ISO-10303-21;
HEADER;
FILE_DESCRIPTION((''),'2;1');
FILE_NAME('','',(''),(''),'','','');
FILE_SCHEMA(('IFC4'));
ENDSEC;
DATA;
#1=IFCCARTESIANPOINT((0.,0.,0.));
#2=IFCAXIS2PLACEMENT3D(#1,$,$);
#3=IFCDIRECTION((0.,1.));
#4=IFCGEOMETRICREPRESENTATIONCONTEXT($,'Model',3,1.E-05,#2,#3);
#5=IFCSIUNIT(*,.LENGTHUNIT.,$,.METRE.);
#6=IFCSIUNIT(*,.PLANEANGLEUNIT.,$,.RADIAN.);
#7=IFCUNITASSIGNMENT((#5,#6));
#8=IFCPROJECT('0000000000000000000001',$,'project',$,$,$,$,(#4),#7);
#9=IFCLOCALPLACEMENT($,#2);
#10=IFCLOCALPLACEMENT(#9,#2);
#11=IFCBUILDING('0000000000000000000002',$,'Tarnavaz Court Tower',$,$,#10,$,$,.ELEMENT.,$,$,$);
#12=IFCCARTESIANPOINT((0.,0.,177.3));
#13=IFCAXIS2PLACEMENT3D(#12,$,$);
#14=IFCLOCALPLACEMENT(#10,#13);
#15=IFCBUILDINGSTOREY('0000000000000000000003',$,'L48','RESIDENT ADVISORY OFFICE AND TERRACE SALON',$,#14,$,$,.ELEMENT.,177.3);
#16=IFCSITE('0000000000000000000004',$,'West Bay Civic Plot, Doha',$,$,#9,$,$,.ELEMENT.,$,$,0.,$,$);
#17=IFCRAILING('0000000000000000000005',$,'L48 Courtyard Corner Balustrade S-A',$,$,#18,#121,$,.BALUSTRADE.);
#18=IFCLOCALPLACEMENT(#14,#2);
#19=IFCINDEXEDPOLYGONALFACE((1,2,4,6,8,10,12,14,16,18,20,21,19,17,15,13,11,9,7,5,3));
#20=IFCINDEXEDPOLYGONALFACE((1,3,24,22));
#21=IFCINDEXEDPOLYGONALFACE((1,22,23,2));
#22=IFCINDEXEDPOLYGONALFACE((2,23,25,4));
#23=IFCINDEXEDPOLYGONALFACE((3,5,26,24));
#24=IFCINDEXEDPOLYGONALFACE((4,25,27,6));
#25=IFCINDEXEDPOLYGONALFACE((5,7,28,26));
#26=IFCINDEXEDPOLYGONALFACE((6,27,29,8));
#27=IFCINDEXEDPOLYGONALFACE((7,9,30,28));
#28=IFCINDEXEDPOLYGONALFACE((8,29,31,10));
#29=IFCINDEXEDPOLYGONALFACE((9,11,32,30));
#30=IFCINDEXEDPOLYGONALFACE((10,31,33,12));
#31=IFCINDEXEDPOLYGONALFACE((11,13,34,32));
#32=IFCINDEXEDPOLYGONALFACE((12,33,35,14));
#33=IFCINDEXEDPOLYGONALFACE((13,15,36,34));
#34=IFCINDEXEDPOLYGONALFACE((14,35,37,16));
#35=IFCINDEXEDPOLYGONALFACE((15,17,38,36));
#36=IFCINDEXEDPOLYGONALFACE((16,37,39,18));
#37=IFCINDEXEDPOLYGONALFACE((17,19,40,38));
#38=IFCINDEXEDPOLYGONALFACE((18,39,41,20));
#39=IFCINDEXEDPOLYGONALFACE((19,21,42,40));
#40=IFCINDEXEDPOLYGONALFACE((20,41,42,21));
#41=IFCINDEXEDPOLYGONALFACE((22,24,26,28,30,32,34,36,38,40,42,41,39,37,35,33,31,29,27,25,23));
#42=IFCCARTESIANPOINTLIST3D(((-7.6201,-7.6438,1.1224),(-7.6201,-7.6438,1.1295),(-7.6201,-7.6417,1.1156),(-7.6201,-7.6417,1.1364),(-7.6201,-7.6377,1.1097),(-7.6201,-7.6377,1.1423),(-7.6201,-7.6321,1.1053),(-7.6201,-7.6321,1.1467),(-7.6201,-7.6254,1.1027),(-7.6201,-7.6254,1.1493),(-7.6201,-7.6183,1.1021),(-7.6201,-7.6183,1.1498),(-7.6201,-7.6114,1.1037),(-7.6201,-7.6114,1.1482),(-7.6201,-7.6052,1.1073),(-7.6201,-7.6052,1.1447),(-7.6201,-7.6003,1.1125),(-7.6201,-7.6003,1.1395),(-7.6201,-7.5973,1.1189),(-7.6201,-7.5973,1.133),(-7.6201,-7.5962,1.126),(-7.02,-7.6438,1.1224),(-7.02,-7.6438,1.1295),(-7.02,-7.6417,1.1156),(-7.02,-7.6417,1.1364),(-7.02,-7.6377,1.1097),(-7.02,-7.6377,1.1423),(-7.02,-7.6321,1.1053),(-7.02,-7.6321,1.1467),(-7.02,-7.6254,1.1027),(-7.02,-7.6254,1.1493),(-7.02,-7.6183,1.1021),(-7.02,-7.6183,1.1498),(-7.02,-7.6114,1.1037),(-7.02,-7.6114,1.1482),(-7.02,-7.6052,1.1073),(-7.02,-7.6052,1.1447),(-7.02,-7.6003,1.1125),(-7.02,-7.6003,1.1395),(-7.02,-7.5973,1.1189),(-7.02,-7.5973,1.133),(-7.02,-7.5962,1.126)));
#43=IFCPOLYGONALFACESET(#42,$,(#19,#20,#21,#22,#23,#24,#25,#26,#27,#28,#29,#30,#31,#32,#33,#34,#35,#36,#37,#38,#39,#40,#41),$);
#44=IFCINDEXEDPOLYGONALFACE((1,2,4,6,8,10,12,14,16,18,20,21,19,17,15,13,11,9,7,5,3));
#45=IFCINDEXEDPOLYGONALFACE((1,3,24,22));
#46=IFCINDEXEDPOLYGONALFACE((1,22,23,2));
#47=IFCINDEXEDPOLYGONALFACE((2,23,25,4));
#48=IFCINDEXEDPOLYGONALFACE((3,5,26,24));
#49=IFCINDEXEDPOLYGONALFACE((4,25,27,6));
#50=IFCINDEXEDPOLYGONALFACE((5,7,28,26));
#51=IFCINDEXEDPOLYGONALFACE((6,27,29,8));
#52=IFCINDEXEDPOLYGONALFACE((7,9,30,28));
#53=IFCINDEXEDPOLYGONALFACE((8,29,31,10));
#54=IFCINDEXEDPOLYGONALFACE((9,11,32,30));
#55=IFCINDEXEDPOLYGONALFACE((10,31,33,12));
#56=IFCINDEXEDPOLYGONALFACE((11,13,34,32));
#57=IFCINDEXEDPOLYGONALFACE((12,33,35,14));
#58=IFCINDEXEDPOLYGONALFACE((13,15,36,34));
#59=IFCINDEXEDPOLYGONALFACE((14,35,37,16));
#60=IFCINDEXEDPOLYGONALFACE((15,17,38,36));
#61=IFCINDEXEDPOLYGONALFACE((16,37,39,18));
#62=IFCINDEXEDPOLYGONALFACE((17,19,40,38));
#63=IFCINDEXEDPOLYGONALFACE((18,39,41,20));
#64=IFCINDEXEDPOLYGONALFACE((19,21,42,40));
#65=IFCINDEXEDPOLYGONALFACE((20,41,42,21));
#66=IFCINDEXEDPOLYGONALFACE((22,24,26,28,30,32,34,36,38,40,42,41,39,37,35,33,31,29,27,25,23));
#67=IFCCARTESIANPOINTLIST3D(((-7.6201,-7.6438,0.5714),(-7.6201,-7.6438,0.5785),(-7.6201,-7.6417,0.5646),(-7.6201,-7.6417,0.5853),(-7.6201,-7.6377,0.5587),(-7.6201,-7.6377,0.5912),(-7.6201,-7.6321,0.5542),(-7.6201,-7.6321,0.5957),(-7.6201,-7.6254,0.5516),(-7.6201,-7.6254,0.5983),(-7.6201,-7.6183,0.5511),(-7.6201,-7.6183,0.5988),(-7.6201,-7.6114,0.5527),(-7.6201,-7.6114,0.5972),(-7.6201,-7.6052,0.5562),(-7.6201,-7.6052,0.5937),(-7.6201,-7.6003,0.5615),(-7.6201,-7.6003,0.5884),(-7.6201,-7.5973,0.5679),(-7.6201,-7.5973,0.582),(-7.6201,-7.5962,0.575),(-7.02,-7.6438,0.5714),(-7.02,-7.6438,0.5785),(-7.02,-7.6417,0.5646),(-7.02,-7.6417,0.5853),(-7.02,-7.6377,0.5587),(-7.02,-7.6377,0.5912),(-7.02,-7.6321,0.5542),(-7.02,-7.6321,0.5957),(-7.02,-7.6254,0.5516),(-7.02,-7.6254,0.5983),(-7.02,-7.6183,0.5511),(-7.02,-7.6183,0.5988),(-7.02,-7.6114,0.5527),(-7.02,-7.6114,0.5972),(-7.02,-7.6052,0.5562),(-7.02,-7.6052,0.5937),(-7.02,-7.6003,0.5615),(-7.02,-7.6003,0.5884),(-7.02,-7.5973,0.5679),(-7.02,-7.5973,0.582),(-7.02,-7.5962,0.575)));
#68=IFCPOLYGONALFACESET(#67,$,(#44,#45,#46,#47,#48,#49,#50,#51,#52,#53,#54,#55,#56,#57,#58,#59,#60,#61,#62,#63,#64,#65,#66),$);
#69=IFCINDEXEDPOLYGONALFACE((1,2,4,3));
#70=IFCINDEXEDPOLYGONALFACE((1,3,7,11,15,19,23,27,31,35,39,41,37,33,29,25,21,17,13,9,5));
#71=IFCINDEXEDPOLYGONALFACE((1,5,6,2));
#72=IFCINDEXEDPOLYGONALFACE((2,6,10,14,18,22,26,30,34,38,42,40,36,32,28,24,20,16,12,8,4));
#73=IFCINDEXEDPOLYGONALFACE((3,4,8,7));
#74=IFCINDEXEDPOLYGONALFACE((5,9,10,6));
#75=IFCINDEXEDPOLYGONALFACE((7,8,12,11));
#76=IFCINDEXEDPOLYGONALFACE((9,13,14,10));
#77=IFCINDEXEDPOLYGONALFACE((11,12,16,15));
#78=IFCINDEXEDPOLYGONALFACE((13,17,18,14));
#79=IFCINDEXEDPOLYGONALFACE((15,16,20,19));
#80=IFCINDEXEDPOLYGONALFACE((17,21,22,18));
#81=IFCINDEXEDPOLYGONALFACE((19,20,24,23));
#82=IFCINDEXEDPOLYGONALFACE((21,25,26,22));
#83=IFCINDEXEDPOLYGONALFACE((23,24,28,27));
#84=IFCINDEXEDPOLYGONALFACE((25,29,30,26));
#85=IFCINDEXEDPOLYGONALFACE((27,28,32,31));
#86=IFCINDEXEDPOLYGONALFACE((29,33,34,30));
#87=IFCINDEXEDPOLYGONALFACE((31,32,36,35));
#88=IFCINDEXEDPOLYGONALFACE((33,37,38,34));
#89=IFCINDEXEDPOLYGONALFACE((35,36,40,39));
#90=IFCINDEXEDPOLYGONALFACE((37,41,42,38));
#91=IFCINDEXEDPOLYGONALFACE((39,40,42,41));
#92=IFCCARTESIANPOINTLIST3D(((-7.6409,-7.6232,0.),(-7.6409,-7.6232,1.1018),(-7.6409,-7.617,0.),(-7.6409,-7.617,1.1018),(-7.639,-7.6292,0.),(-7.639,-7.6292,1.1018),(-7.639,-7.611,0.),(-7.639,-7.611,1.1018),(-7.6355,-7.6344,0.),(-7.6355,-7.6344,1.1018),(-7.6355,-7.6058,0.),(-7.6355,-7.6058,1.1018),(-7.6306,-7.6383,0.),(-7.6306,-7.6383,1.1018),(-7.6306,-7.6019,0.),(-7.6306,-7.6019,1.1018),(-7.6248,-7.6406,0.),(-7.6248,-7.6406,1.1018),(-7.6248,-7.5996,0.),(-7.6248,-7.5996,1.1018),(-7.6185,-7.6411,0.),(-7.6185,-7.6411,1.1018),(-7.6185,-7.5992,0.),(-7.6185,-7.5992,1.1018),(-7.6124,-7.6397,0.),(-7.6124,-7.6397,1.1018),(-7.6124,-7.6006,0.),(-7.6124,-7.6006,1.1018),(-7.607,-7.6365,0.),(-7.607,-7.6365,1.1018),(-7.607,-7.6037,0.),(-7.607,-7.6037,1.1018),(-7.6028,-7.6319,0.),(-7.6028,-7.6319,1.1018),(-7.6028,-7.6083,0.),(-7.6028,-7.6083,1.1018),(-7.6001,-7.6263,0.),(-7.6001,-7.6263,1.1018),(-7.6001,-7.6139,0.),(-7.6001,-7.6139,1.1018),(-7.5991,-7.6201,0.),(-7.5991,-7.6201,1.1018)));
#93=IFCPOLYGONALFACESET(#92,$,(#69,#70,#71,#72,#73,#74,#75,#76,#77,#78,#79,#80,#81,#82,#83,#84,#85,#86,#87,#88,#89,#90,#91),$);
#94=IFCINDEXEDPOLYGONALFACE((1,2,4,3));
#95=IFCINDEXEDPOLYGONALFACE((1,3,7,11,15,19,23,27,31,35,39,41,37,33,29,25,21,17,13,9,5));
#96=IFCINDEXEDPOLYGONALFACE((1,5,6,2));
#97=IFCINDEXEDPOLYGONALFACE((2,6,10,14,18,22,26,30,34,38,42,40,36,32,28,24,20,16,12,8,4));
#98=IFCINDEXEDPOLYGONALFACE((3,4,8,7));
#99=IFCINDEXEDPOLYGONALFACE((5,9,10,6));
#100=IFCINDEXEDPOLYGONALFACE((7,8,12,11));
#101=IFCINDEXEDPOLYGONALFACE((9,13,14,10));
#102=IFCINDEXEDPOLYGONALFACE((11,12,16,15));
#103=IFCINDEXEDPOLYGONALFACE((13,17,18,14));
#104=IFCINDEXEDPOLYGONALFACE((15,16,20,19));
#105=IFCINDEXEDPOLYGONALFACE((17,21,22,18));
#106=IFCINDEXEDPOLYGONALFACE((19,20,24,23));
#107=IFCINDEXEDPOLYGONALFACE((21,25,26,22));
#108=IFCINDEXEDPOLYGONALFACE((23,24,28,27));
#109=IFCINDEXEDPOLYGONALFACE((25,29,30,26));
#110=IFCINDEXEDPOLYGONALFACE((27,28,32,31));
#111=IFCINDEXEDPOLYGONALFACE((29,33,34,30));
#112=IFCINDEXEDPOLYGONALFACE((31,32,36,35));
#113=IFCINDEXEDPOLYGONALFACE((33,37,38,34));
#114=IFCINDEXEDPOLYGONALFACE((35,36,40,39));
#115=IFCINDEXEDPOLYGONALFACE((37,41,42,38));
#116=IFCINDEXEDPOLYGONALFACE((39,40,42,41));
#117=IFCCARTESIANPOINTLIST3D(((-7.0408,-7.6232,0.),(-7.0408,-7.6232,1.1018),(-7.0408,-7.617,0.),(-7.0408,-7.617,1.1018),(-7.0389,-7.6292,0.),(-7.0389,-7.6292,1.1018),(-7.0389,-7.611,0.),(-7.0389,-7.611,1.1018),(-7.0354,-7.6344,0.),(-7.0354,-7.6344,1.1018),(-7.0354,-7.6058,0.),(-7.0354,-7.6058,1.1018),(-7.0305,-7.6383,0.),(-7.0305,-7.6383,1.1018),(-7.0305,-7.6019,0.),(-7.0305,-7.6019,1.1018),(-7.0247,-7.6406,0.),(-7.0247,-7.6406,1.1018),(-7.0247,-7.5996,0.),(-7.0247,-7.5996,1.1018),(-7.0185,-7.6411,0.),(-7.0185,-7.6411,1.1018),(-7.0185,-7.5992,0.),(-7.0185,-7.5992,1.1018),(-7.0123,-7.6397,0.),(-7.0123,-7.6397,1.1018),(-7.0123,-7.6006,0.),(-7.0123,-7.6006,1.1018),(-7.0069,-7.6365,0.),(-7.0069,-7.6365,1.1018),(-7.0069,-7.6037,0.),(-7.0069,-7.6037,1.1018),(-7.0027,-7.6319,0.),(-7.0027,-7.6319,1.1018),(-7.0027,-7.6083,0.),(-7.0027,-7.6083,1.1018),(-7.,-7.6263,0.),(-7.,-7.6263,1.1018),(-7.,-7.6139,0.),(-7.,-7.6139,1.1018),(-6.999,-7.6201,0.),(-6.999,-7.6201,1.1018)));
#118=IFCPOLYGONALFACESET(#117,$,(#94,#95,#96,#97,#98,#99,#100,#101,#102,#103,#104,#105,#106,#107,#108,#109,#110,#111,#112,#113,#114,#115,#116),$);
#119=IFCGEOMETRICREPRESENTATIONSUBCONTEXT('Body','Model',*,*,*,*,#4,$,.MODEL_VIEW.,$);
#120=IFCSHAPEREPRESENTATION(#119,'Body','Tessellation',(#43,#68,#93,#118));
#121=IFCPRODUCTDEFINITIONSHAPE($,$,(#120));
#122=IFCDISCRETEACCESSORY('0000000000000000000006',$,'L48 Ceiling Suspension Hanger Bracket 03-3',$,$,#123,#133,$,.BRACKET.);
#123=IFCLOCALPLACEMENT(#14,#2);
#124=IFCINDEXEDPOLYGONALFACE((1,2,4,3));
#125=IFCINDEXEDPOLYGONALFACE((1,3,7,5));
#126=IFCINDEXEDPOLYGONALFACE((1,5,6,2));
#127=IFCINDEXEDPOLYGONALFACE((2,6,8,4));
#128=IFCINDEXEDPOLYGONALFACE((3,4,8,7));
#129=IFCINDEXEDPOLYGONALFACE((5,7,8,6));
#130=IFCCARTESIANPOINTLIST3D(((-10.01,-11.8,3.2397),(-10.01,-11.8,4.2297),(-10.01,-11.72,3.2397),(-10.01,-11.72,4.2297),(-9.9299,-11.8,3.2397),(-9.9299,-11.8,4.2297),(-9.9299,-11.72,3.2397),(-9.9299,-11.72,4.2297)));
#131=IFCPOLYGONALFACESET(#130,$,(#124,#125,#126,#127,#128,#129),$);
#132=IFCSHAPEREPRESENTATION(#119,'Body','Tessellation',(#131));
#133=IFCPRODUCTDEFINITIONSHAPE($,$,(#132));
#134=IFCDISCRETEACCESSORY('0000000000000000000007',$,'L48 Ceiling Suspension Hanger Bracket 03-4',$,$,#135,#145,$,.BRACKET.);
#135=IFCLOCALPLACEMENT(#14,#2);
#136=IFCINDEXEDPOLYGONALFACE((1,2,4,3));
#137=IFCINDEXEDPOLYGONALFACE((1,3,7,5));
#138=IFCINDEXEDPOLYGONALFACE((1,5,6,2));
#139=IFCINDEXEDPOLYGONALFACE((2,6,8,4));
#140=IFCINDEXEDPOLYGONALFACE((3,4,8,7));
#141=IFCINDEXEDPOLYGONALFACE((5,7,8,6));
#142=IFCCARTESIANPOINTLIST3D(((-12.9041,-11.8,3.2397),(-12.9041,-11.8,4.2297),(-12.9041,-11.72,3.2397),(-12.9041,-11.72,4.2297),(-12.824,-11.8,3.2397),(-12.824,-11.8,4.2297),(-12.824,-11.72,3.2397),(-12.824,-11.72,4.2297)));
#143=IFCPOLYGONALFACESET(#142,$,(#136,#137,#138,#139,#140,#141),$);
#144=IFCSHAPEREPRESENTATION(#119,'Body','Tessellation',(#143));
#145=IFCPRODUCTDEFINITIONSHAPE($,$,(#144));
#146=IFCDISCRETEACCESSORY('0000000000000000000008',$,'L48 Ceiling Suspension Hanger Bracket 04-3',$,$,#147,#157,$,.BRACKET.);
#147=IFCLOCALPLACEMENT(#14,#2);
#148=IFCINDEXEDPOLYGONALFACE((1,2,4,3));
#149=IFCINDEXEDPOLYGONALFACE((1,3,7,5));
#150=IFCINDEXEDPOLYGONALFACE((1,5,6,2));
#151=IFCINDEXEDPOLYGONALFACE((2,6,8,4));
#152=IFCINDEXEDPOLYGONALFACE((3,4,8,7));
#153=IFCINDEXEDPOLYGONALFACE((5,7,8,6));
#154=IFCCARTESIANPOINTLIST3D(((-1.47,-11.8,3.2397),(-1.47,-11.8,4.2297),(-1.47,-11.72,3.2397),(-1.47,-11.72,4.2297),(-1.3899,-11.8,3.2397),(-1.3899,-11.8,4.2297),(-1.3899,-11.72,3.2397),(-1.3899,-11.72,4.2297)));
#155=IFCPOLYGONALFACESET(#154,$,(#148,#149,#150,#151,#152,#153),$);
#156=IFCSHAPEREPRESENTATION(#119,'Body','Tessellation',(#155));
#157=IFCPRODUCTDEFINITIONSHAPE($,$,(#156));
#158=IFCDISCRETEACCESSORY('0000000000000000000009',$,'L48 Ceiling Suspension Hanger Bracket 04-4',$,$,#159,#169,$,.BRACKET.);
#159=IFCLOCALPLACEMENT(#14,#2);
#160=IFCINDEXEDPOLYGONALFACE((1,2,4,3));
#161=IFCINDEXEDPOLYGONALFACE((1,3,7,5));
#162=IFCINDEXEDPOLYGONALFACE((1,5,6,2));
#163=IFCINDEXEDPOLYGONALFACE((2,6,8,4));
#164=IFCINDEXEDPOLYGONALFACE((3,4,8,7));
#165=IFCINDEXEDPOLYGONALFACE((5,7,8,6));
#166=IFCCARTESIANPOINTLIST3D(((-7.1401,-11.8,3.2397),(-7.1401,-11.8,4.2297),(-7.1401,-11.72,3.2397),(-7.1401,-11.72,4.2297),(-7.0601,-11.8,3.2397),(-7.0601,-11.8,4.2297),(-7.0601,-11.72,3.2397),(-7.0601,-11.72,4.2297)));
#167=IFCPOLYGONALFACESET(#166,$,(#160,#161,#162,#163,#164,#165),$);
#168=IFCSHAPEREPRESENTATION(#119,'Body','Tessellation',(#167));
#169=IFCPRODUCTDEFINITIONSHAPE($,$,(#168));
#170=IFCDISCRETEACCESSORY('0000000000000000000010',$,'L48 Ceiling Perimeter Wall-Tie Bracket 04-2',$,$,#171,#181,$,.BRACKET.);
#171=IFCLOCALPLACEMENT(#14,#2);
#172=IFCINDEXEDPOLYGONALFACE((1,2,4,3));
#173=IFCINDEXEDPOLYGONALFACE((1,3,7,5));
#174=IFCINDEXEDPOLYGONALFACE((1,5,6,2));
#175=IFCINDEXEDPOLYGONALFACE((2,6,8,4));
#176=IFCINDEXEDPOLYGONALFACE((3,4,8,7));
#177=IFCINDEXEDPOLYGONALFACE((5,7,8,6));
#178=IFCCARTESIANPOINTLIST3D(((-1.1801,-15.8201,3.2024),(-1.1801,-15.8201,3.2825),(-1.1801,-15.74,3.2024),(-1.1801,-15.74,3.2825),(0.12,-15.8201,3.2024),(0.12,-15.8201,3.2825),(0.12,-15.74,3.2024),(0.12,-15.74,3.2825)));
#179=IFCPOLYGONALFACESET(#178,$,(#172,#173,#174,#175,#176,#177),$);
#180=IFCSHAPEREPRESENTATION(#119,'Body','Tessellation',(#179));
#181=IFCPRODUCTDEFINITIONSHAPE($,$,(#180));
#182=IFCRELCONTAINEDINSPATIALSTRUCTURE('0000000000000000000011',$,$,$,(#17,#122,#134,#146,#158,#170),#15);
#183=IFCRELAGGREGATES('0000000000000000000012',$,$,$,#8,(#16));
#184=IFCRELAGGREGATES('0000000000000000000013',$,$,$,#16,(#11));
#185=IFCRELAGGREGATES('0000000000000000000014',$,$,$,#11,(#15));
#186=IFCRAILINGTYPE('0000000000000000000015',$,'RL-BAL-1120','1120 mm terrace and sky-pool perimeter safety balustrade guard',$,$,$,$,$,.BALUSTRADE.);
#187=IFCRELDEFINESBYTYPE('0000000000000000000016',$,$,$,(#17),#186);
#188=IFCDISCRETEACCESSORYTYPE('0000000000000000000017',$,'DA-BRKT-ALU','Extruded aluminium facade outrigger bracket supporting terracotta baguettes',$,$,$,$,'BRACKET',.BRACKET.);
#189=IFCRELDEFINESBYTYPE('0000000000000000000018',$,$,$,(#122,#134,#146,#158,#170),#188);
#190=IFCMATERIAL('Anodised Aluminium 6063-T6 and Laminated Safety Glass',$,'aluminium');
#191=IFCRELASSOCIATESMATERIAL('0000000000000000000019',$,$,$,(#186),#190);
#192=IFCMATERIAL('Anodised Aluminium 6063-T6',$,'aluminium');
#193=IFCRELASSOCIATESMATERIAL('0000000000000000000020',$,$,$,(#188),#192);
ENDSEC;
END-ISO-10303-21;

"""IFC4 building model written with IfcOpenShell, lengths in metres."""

from ifc_helpers import new_model, si_unit, direction, frame, origin, origin_2d, place, context, subcontext, project, spatial, rectangle, circle, extrude, material, type_object, element, save


model = new_model("IFC4")

# Units and contexts
model_context = context("Model", 3, precision=1e-05, world=origin(), true_north=direction((0.0, 1.0)))
body_context = subcontext(model_context, "Body", "Model", "MODEL_VIEW")
ifc_project = project(units=[si_unit("LENGTHUNIT", "METRE"), si_unit("PLANEANGLEUNIT", "RADIAN")], contexts=[model_context])

# Site, building, storey
site_placement = place(None, origin())
site = spatial("IfcSite", under=ifc_project, at=site_placement, Name="West Bay Civic Plot, Doha", CompositionType="ELEMENT", RefElevation=0.0)
building_placement = place(site_placement, origin())
building = spatial("IfcBuilding", under=site, at=building_placement, Name="Tarnavaz Court Tower", CompositionType="ELEMENT")
storey_placement = place(building_placement, frame((0.0, 0.0, 177.3)))
storey = spatial("IfcBuildingStorey", under=building, at=storey_placement, Name="L48", Description="RESIDENT ADVISORY OFFICE AND TERRACE SALON", CompositionType="ELEMENT", Elevation=177.3)

# Shared definitions
ifc_material_1 = material(Name="Anodised Aluminium 6063-T6", Category="aluminium")

# Railing
ifc_material_2 = material(Name="Anodised Aluminium 6063-T6 and Laminated Safety Glass", Category="aluminium")
railing_type = type_object("IfcRailingType", Name="RL-BAL-1120", Description="1120 mm terrace and sky-pool perimeter safety balustrade guard", PredefinedType="BALUSTRADE", material=ifc_material_2)
railing_placement = place(storey_placement, frame((-7.6201, -7.6201, 0.0)))
element("IfcRailing", 1, at=railing_placement, inside=storey, type_object=railing_type, Name="L48 Courtyard Corner Balustrade S-A", PredefinedType="BALUSTRADE", context=body_context, shape_type="SweptSolid", body=[
    extrude(circle(Radius=0.0239, at=origin_2d()), frame((0.0, 0.0, 1.126), z_axis=(1.0, 0.0, 0.0), x_axis=(0.0, 1.0, 0.0)), (0.0, 0.0, 1.0), 0.6001),
    extrude(circle(Radius=0.0239, at=origin_2d()), frame((0.0, 0.0, 0.575), z_axis=(1.0, 0.0, 0.0), x_axis=(0.0, 1.0, 0.0)), (0.0, 0.0, 1.0), 0.6001),
    extrude(circle(Radius=0.021, at=origin_2d()), origin(), (0.0, 0.0, 1.0), 1.1018),
    extrude(circle(Radius=0.021, at=origin_2d()), frame((0.6001, 0.0, 0.0)), (0.0, 0.0, 1.0), 1.1018),
])

# Discrete accessories
discrete_accessory_type = type_object("IfcDiscreteAccessoryType", Name="DA-BRKT-ALU", Description="Extruded aluminium facade outrigger bracket supporting terracotta baguettes", ElementType="BRACKET", PredefinedType="BRACKET", material=ifc_material_1)
for number, where, z_axis, x_axis, name in (
    (2, (-9.97, -11.76, 3.2397), (0.0, 0.0, 1.0), (1.0, 0.0, 0.0), "L48 Ceiling Suspension Hanger Bracket 03-3"),
    (3, (-12.864, -11.76, 3.2397), (0.0, 0.0, 1.0), (1.0, 0.0, 0.0), "L48 Ceiling Suspension Hanger Bracket 03-4"),
    (4, (-1.4299, -11.76, 3.2397), (0.0, 0.0, 1.0), (1.0, 0.0, 0.0), "L48 Ceiling Suspension Hanger Bracket 04-3"),
    (5, (-7.1001, -11.76, 3.2397), (0.0, 0.0, 1.0), (1.0, 0.0, 0.0), "L48 Ceiling Suspension Hanger Bracket 04-4"),
):
    element("IfcDiscreteAccessory", number, at=place(storey_placement, frame(where, z_axis=z_axis, x_axis=x_axis)), inside=storey, type_object=discrete_accessory_type, Name=name, PredefinedType="BRACKET", context=body_context, shape_type="SweptSolid", body=[
        extrude(rectangle(XDim=0.0801, YDim=0.0801, at=origin_2d()), origin(), (0.0, 0.0, 1.0), 0.99),
    ])
discrete_accessory_placement = place(storey_placement, frame((-0.53, -15.78, 3.2024), z_axis=(0.0, 0.0, 1.0), x_axis=(1.0, 0.0, 0.0)))
element("IfcDiscreteAccessory", 6, at=discrete_accessory_placement, inside=storey, type_object=discrete_accessory_type, Name="L48 Ceiling Perimeter Wall-Tie Bracket 04-2", PredefinedType="BRACKET", context=body_context, shape_type="SweptSolid", body=[
    extrude(rectangle(XDim=1.3, YDim=0.0801, at=origin_2d()), origin(), (0.0, 0.0, 1.0), 0.0801),
])

save(model, "model.ifc")
